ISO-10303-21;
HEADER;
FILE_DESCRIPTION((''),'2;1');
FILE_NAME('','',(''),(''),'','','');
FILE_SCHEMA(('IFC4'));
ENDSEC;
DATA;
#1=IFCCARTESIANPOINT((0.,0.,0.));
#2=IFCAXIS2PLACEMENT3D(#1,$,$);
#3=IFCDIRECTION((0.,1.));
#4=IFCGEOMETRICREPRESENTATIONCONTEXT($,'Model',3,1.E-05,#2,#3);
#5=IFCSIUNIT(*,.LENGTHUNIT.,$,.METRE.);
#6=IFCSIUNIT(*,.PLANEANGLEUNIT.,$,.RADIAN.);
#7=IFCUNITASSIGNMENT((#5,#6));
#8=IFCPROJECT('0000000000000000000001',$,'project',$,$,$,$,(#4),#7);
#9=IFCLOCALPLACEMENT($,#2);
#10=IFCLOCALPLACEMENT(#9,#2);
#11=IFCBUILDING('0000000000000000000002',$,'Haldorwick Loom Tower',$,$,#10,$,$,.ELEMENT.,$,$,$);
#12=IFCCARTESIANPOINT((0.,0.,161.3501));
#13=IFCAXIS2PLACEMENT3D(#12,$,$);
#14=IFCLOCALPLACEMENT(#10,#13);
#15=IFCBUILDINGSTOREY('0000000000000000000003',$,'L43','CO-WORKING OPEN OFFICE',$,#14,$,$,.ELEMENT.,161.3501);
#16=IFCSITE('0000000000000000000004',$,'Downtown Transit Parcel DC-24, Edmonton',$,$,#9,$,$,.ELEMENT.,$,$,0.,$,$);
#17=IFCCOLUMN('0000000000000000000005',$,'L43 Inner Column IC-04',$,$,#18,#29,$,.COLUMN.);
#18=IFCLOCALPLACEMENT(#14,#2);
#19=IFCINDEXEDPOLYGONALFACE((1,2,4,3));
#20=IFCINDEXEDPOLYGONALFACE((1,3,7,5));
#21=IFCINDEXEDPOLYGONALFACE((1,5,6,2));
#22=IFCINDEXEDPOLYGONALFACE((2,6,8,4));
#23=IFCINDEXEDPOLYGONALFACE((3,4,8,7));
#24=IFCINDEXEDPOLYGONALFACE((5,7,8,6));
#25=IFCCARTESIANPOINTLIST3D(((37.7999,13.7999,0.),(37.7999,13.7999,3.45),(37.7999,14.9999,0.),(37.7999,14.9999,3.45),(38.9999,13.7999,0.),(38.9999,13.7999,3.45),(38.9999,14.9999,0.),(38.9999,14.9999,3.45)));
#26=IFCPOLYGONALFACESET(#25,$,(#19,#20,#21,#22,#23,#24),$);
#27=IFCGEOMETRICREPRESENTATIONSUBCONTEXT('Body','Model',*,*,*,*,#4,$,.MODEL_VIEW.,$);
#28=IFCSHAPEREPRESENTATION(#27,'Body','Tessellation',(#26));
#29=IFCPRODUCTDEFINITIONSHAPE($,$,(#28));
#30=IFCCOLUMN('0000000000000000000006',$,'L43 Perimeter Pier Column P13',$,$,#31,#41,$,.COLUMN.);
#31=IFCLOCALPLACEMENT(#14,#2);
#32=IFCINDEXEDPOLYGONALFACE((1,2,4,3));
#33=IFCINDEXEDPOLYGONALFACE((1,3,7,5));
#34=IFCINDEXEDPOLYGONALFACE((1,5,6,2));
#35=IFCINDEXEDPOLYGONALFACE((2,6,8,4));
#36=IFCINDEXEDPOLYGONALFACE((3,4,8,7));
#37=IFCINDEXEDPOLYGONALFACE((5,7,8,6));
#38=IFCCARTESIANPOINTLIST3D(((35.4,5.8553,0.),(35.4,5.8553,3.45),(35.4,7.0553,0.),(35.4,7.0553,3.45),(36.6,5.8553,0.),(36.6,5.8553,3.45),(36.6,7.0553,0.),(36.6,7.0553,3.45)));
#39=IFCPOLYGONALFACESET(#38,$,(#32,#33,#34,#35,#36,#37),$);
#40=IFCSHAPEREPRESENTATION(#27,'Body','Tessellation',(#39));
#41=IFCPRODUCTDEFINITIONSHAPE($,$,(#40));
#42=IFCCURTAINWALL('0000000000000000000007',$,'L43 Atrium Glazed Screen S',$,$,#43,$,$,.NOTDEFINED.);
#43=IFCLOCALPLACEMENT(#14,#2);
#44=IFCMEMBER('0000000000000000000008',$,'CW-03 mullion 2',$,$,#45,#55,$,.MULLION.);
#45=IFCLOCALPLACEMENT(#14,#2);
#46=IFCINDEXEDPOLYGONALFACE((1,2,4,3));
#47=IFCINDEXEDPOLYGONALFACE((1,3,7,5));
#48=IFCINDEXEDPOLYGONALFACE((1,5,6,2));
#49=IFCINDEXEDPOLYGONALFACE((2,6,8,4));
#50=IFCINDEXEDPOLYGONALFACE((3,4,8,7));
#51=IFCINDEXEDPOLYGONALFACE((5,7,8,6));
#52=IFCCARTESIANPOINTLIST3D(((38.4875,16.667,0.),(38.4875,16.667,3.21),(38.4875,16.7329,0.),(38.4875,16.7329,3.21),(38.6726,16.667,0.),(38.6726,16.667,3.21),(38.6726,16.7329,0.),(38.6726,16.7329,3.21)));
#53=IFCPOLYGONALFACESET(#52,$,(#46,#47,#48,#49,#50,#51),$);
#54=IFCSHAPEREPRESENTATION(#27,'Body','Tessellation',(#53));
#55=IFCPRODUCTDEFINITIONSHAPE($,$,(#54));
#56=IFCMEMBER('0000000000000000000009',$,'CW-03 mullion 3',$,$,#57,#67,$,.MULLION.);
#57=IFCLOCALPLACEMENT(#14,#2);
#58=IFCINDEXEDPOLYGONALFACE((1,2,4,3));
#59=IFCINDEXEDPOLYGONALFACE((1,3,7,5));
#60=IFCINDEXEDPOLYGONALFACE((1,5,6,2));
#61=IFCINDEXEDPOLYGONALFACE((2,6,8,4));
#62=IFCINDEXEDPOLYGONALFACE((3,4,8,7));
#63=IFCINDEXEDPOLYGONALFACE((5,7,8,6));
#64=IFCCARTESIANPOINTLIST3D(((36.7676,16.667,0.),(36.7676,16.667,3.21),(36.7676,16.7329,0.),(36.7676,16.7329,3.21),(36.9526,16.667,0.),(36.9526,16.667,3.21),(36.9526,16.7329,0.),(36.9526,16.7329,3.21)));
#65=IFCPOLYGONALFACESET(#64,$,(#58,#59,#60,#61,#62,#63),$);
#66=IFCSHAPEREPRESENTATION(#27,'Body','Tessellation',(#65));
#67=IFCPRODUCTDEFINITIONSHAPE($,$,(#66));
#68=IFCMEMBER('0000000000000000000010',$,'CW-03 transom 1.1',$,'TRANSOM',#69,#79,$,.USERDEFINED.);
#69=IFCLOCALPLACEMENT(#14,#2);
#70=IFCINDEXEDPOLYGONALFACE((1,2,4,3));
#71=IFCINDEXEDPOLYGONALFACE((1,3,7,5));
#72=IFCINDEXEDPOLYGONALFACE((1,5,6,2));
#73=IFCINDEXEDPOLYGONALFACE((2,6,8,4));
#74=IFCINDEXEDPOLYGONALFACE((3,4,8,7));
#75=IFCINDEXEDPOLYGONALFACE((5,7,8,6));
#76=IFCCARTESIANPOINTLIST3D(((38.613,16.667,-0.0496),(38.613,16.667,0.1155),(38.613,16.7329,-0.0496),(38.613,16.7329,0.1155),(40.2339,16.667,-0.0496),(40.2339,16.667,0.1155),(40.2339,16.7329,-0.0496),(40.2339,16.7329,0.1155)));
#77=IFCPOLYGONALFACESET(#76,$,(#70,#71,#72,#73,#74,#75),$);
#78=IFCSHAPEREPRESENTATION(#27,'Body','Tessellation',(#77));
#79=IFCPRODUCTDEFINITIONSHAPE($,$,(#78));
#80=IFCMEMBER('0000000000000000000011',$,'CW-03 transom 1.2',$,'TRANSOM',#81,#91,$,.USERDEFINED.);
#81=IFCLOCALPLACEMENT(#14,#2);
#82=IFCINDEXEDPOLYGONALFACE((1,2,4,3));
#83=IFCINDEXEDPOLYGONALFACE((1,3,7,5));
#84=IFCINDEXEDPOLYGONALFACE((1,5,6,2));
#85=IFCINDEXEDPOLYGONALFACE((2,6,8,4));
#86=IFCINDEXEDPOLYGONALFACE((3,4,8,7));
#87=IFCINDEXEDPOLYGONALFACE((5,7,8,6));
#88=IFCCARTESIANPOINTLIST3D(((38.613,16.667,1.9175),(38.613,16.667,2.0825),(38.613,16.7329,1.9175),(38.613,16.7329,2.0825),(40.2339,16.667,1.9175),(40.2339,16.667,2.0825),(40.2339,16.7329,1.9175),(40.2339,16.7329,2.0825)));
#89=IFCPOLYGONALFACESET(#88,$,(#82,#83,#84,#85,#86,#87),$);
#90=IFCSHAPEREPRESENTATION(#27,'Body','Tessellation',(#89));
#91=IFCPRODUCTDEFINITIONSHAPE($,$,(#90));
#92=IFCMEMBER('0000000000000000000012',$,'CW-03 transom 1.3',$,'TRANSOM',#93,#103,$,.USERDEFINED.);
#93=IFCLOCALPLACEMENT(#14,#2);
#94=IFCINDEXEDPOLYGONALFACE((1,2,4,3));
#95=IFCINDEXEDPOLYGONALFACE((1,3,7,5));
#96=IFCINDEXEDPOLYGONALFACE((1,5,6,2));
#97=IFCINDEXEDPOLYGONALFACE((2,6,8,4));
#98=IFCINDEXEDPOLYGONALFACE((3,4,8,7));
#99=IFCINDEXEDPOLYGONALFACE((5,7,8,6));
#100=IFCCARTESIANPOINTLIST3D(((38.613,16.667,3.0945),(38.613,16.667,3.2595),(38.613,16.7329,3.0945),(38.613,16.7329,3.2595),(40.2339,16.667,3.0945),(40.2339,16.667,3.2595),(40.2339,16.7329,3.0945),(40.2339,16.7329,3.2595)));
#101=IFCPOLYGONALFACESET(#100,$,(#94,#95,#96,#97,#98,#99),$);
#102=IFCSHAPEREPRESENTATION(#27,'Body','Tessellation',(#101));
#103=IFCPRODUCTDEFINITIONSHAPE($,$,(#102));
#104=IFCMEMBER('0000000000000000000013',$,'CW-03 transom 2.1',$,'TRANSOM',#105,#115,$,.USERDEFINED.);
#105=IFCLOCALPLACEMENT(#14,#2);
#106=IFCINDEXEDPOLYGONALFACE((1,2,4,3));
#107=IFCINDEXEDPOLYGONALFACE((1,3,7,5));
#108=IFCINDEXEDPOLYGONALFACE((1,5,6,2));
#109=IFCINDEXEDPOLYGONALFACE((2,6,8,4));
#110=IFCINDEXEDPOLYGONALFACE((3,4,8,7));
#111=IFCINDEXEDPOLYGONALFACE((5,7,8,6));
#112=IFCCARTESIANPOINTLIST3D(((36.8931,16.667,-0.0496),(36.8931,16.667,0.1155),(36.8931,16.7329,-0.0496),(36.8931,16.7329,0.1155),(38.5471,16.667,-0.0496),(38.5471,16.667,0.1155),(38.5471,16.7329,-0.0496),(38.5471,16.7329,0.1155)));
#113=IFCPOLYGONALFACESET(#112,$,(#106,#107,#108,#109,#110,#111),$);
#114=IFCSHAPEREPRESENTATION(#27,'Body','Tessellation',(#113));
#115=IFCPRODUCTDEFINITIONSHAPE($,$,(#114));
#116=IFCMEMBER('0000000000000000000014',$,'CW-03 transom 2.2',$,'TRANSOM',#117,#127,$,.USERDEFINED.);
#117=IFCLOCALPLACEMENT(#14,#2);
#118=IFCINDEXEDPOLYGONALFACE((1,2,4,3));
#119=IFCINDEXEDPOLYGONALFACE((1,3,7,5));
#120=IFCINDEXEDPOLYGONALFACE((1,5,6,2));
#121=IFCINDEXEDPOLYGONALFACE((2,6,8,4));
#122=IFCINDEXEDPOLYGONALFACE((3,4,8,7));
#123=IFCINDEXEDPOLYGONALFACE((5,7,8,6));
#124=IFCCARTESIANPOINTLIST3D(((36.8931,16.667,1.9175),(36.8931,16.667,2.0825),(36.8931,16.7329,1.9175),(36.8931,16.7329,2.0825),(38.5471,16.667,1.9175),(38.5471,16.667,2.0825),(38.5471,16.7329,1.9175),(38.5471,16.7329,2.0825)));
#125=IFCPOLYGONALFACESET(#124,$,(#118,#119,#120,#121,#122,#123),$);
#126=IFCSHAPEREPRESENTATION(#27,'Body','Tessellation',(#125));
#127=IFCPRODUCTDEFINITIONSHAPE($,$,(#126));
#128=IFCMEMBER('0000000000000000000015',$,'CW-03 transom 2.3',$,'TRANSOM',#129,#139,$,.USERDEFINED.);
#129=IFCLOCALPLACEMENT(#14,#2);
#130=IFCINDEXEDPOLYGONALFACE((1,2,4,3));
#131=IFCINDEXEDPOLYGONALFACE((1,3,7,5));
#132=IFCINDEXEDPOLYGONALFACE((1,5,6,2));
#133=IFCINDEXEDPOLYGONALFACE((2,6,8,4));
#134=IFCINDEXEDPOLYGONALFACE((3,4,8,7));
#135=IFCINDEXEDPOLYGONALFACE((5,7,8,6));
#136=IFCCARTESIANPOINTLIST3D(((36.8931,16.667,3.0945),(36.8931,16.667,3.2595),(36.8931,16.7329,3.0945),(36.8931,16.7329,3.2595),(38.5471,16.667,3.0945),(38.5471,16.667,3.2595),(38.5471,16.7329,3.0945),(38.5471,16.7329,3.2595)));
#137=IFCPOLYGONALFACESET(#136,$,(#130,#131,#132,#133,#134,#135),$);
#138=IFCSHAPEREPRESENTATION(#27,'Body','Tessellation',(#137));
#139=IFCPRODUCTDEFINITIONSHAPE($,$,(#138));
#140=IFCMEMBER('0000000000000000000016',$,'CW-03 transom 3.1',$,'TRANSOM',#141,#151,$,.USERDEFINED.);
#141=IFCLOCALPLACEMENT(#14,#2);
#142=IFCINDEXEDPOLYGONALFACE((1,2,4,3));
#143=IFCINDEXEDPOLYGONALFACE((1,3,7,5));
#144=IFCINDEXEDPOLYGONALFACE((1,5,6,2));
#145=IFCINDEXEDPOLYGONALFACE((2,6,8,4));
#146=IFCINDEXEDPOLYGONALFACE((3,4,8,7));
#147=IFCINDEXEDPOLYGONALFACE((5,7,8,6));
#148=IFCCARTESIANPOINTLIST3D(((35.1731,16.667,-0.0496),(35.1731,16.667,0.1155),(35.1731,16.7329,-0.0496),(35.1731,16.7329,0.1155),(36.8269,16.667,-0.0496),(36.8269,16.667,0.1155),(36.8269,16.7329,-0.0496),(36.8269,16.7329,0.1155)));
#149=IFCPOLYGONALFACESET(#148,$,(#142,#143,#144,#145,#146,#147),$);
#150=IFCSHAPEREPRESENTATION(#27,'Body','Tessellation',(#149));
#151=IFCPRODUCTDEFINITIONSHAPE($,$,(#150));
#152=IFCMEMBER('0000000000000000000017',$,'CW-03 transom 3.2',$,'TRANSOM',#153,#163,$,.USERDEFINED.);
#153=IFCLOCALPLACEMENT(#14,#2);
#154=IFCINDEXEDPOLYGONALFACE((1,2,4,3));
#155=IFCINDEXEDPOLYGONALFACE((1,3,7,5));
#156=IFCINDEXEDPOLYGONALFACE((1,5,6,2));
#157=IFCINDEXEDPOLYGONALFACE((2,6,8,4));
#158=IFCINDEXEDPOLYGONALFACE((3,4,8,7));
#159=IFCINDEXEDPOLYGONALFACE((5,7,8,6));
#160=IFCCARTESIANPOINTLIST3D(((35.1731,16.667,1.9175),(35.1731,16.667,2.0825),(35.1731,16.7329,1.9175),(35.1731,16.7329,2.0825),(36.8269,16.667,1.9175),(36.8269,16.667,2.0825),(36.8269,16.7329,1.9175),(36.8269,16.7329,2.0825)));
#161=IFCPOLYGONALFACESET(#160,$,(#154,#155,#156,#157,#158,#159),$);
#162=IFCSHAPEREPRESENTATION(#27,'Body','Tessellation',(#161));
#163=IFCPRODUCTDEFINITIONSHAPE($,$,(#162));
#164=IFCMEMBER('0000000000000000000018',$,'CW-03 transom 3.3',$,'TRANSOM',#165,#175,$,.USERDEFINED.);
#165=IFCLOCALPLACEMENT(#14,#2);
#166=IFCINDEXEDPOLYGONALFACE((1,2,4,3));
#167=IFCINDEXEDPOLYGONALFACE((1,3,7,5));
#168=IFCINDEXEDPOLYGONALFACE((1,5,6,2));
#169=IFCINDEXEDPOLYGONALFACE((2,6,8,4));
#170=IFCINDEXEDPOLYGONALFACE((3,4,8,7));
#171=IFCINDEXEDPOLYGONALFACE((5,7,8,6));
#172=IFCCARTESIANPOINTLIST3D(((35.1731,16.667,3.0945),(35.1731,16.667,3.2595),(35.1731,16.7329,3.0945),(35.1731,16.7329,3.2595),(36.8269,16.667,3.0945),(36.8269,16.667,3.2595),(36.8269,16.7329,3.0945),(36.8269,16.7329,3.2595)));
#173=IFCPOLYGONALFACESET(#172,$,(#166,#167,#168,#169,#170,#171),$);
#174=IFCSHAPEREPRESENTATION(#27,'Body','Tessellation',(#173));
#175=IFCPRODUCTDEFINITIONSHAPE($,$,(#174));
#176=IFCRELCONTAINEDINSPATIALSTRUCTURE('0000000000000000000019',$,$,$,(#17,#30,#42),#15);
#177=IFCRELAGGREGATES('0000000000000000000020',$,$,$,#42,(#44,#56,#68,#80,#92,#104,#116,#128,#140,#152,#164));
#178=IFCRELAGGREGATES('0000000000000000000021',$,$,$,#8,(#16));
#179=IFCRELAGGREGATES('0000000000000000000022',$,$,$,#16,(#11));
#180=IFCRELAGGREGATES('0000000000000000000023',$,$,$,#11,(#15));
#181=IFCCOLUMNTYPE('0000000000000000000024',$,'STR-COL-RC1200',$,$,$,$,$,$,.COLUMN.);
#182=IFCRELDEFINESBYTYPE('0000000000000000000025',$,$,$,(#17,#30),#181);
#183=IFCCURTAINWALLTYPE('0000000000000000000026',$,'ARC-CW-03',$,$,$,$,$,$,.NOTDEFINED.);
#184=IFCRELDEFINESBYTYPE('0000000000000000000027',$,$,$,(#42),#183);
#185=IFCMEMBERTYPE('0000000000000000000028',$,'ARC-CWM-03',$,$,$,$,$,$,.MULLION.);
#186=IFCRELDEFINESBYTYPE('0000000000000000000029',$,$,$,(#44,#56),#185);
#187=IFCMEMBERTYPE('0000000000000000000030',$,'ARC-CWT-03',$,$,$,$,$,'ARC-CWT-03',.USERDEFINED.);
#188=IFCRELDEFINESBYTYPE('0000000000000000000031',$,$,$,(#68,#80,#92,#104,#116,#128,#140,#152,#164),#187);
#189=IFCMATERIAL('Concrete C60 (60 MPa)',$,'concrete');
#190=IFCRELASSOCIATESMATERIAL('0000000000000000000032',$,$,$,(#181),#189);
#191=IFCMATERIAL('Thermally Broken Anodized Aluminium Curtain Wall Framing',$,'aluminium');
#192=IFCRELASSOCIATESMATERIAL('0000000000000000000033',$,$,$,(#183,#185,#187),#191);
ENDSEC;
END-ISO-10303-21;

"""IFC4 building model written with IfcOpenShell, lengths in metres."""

from ifc_helpers import new_model, si_unit, direction, frame, origin, origin_2d, place, context, subcontext, project, spatial, rectangle, extrude, material, material_profile, profile_set, type_object, element, aggregate, save


model = new_model("IFC4")

# Units and contexts
model_context = context("Model", 3, precision=1e-05, world=origin(), true_north=direction((0.0, 1.0)))
body_context = subcontext(model_context, "Body", "Model", "MODEL_VIEW")
ifc_project = project(units=[si_unit("LENGTHUNIT", "METRE"), si_unit("PLANEANGLEUNIT", "RADIAN")], contexts=[model_context])

# Site, building, storey
site_placement = place(None, origin())
site = spatial("IfcSite", under=ifc_project, at=site_placement, Name="Downtown Transit Parcel DC-24, Edmonton", CompositionType="ELEMENT", RefElevation=0.0)
building_placement = place(site_placement, origin())
building = spatial("IfcBuilding", under=site, at=building_placement, Name="Haldorwick Loom Tower", CompositionType="ELEMENT")
storey_placement = place(building_placement, frame((0.0, 0.0, 161.3501)))
storey = spatial("IfcBuildingStorey", under=building, at=storey_placement, Name="L43", Description="CO-WORKING OPEN OFFICE", CompositionType="ELEMENT", Elevation=161.3501)

# Columns
ifc_material_1 = material(Name="Concrete C60 (60 MPa)", Category="concrete")
ifc_material_profile_1 = material_profile(ifc_material_1, rectangle(XDim=1.2, YDim=1.2, at=origin_2d()), Name="RC1200X1200", Category="concrete")
ifc_profile_set_1 = profile_set([ifc_material_profile_1], Name="Concrete C60 (60 MPa)")
column_type = type_object("IfcColumnType", Name="STR-COL-RC1200", PredefinedType="COLUMN", material=ifc_profile_set_1)
for number, where, z_axis, x_axis, name in (
    (1, (38.3999, 14.3999, 0.0), (0.0, 0.0, 1.0), (1.0, 0.0, 0.0), "L43 Inner Column IC-04"),
    (2, (36.0, 6.4553, 0.0), (0.0, 0.0, 1.0), (0.0, -1.0, 0.0), "L43 Perimeter Pier Column P13"),
):
    element("IfcColumn", number, at=place(storey_placement, frame(where, z_axis=z_axis, x_axis=x_axis)), inside=storey, type_object=column_type, Name=name, PredefinedType="COLUMN", context=body_context, shape_type="SweptSolid", body=[
        extrude(rectangle(XDim=1.2, YDim=1.2, at=origin_2d()), origin(), (0.0, 0.0, 1.0), 3.45),
    ])

# Curtain wall, members
ifc_material_2 = material(Name="Thermally Broken Anodized Aluminium Curtain Wall Framing", Category="aluminium")
curtain_wall_type = type_object("IfcCurtainWallType", Name="ARC-CW-03", PredefinedType="NOTDEFINED", material=ifc_material_2)
curtain_wall_placement = place(storey_placement, origin())
curtain_wall = element("IfcCurtainWall", 3, at=curtain_wall_placement, inside=storey, type_object=curtain_wall_type, Name="L43 Atrium Glazed Screen S", PredefinedType="NOTDEFINED")
ifc_material_profile_2 = material_profile(ifc_material_2, rectangle(XDim=0.0659, YDim=0.1851, at=origin_2d()), Name="ALU_MUL_66X185", Category="aluminium")
ifc_profile_set_2 = profile_set([ifc_material_profile_2], Name="Thermally Broken Anodized Aluminium Curtain Wall Framing")
member_type_1 = type_object("IfcMemberType", Name="ARC-CWM-03", PredefinedType="MULLION", material=ifc_profile_set_2)
member_1_placement = place(storey_placement, frame((38.5801, 16.7, 0.0), z_axis=(0.0, 0.0, 1.0), x_axis=(0.0, -1.0, 0.0)))
member_1 = element("IfcMember", 4, at=member_1_placement, type_object=member_type_1, Name="CW-03 mullion 2", PredefinedType="MULLION", context=body_context, shape_type="SweptSolid", body=[
    extrude(rectangle(XDim=0.0659, YDim=0.1851, at=origin_2d()), origin(), (0.0, 0.0, 1.0), 3.21),
])
member_2_placement = place(storey_placement, frame((36.8601, 16.7, 0.0), z_axis=(0.0, 0.0, 1.0), x_axis=(0.0, -1.0, 0.0)))
member_2 = element("IfcMember", 5, at=member_2_placement, type_object=member_type_1, Name="CW-03 mullion 3", PredefinedType="MULLION", context=body_context, shape_type="SweptSolid", body=[
    extrude(rectangle(XDim=0.0659, YDim=0.1851, at=origin_2d()), origin(), (0.0, 0.0, 1.0), 3.21),
])
ifc_material_profile_3 = material_profile(ifc_material_2, rectangle(XDim=0.0659, YDim=0.165, at=origin_2d()), Name="ALU_TRN_66X165", Category="aluminium")
ifc_profile_set_3 = profile_set([ifc_material_profile_3], Name="Thermally Broken Anodized Aluminium Curtain Wall Framing")
member_type_2 = type_object("IfcMemberType", Name="ARC-CWT-03", ElementType="ARC-CWT-03", PredefinedType="USERDEFINED", material=ifc_profile_set_3)
member_3_placement = place(storey_placement, frame((40.2339, 16.7, 0.033), z_axis=(-1.0, 0.0, 0.0), x_axis=(0.0, -1.0, 0.0)))
member_3 = element("IfcMember", 6, at=member_3_placement, type_object=member_type_2, Name="CW-03 transom 1.1", ObjectType="TRANSOM", PredefinedType="USERDEFINED", context=body_context, shape_type="SweptSolid", body=[
    extrude(rectangle(XDim=0.0659, YDim=0.165, at=origin_2d()), origin(), (0.0, 0.0, 1.0), 1.6208),
])
member_4_placement = place(storey_placement, frame((40.2339, 16.7, 2.0), z_axis=(-1.0, 0.0, 0.0), x_axis=(0.0, -1.0, 0.0)))
member_4 = element("IfcMember", 7, at=member_4_placement, type_object=member_type_2, Name="CW-03 transom 1.2", ObjectType="TRANSOM", PredefinedType="USERDEFINED", context=body_context, shape_type="SweptSolid", body=[
    extrude(rectangle(XDim=0.0659, YDim=0.165, at=origin_2d()), origin(), (0.0, 0.0, 1.0), 1.6208),
])
member_5_placement = place(storey_placement, frame((40.2339, 16.7, 3.177), z_axis=(-1.0, 0.0, 0.0), x_axis=(0.0, -1.0, 0.0)))
member_5 = element("IfcMember", 8, at=member_5_placement, type_object=member_type_2, Name="CW-03 transom 1.3", ObjectType="TRANSOM", PredefinedType="USERDEFINED", context=body_context, shape_type="SweptSolid", body=[
    extrude(rectangle(XDim=0.0659, YDim=0.165, at=origin_2d()), origin(), (0.0, 0.0, 1.0), 1.6208),
])
member_6_placement = place(storey_placement, frame((38.5471, 16.7, 0.033), z_axis=(-1.0, 0.0, 0.0), x_axis=(0.0, -1.0, 0.0)))
member_6 = element("IfcMember", 9, at=member_6_placement, type_object=member_type_2, Name="CW-03 transom 2.1", ObjectType="TRANSOM", PredefinedType="USERDEFINED", context=body_context, shape_type="SweptSolid", body=[
    extrude(rectangle(XDim=0.0659, YDim=0.165, at=origin_2d()), origin(), (0.0, 0.0, 1.0), 1.6541),
])
member_7_placement = place(storey_placement, frame((38.5471, 16.7, 2.0), z_axis=(-1.0, 0.0, 0.0), x_axis=(0.0, -1.0, 0.0)))
member_7 = element("IfcMember", 10, at=member_7_placement, type_object=member_type_2, Name="CW-03 transom 2.2", ObjectType="TRANSOM", PredefinedType="USERDEFINED", context=body_context, shape_type="SweptSolid", body=[
    extrude(rectangle(XDim=0.0659, YDim=0.165, at=origin_2d()), origin(), (0.0, 0.0, 1.0), 1.6541),
])
member_8_placement = place(storey_placement, frame((38.5471, 16.7, 3.177), z_axis=(-1.0, 0.0, 0.0), x_axis=(0.0, -1.0, 0.0)))
member_8 = element("IfcMember", 11, at=member_8_placement, type_object=member_type_2, Name="CW-03 transom 2.3", ObjectType="TRANSOM", PredefinedType="USERDEFINED", context=body_context, shape_type="SweptSolid", body=[
    extrude(rectangle(XDim=0.0659, YDim=0.165, at=origin_2d()), origin(), (0.0, 0.0, 1.0), 1.6541),
])
member_9_placement = place(storey_placement, frame((36.8269, 16.7, 0.033), z_axis=(-1.0, 0.0, 0.0), x_axis=(0.0, -1.0, 0.0)))
member_9 = element("IfcMember", 12, at=member_9_placement, type_object=member_type_2, Name="CW-03 transom 3.1", ObjectType="TRANSOM", PredefinedType="USERDEFINED", context=body_context, shape_type="SweptSolid", body=[
    extrude(rectangle(XDim=0.0659, YDim=0.165, at=origin_2d()), origin(), (0.0, 0.0, 1.0), 1.6538),
])
member_10_placement = place(storey_placement, frame((36.8269, 16.7, 2.0), z_axis=(-1.0, 0.0, 0.0), x_axis=(0.0, -1.0, 0.0)))
member_10 = element("IfcMember", 13, at=member_10_placement, type_object=member_type_2, Name="CW-03 transom 3.2", ObjectType="TRANSOM", PredefinedType="USERDEFINED", context=body_context, shape_type="SweptSolid", body=[
    extrude(rectangle(XDim=0.0659, YDim=0.165, at=origin_2d()), origin(), (0.0, 0.0, 1.0), 1.6538),
])
member_11_placement = place(storey_placement, frame((36.8269, 16.7, 3.177), z_axis=(-1.0, 0.0, 0.0), x_axis=(0.0, -1.0, 0.0)))
member_11 = element("IfcMember", 14, at=member_11_placement, type_object=member_type_2, Name="CW-03 transom 3.3", ObjectType="TRANSOM", PredefinedType="USERDEFINED", context=body_context, shape_type="SweptSolid", body=[
    extrude(rectangle(XDim=0.0659, YDim=0.165, at=origin_2d()), origin(), (0.0, 0.0, 1.0), 1.6538),
])

aggregate(curtain_wall, [member_1, member_2, member_3, member_4, member_5, member_6, member_7, member_8, member_9, member_10, member_11])

save(model, "model.ifc")
